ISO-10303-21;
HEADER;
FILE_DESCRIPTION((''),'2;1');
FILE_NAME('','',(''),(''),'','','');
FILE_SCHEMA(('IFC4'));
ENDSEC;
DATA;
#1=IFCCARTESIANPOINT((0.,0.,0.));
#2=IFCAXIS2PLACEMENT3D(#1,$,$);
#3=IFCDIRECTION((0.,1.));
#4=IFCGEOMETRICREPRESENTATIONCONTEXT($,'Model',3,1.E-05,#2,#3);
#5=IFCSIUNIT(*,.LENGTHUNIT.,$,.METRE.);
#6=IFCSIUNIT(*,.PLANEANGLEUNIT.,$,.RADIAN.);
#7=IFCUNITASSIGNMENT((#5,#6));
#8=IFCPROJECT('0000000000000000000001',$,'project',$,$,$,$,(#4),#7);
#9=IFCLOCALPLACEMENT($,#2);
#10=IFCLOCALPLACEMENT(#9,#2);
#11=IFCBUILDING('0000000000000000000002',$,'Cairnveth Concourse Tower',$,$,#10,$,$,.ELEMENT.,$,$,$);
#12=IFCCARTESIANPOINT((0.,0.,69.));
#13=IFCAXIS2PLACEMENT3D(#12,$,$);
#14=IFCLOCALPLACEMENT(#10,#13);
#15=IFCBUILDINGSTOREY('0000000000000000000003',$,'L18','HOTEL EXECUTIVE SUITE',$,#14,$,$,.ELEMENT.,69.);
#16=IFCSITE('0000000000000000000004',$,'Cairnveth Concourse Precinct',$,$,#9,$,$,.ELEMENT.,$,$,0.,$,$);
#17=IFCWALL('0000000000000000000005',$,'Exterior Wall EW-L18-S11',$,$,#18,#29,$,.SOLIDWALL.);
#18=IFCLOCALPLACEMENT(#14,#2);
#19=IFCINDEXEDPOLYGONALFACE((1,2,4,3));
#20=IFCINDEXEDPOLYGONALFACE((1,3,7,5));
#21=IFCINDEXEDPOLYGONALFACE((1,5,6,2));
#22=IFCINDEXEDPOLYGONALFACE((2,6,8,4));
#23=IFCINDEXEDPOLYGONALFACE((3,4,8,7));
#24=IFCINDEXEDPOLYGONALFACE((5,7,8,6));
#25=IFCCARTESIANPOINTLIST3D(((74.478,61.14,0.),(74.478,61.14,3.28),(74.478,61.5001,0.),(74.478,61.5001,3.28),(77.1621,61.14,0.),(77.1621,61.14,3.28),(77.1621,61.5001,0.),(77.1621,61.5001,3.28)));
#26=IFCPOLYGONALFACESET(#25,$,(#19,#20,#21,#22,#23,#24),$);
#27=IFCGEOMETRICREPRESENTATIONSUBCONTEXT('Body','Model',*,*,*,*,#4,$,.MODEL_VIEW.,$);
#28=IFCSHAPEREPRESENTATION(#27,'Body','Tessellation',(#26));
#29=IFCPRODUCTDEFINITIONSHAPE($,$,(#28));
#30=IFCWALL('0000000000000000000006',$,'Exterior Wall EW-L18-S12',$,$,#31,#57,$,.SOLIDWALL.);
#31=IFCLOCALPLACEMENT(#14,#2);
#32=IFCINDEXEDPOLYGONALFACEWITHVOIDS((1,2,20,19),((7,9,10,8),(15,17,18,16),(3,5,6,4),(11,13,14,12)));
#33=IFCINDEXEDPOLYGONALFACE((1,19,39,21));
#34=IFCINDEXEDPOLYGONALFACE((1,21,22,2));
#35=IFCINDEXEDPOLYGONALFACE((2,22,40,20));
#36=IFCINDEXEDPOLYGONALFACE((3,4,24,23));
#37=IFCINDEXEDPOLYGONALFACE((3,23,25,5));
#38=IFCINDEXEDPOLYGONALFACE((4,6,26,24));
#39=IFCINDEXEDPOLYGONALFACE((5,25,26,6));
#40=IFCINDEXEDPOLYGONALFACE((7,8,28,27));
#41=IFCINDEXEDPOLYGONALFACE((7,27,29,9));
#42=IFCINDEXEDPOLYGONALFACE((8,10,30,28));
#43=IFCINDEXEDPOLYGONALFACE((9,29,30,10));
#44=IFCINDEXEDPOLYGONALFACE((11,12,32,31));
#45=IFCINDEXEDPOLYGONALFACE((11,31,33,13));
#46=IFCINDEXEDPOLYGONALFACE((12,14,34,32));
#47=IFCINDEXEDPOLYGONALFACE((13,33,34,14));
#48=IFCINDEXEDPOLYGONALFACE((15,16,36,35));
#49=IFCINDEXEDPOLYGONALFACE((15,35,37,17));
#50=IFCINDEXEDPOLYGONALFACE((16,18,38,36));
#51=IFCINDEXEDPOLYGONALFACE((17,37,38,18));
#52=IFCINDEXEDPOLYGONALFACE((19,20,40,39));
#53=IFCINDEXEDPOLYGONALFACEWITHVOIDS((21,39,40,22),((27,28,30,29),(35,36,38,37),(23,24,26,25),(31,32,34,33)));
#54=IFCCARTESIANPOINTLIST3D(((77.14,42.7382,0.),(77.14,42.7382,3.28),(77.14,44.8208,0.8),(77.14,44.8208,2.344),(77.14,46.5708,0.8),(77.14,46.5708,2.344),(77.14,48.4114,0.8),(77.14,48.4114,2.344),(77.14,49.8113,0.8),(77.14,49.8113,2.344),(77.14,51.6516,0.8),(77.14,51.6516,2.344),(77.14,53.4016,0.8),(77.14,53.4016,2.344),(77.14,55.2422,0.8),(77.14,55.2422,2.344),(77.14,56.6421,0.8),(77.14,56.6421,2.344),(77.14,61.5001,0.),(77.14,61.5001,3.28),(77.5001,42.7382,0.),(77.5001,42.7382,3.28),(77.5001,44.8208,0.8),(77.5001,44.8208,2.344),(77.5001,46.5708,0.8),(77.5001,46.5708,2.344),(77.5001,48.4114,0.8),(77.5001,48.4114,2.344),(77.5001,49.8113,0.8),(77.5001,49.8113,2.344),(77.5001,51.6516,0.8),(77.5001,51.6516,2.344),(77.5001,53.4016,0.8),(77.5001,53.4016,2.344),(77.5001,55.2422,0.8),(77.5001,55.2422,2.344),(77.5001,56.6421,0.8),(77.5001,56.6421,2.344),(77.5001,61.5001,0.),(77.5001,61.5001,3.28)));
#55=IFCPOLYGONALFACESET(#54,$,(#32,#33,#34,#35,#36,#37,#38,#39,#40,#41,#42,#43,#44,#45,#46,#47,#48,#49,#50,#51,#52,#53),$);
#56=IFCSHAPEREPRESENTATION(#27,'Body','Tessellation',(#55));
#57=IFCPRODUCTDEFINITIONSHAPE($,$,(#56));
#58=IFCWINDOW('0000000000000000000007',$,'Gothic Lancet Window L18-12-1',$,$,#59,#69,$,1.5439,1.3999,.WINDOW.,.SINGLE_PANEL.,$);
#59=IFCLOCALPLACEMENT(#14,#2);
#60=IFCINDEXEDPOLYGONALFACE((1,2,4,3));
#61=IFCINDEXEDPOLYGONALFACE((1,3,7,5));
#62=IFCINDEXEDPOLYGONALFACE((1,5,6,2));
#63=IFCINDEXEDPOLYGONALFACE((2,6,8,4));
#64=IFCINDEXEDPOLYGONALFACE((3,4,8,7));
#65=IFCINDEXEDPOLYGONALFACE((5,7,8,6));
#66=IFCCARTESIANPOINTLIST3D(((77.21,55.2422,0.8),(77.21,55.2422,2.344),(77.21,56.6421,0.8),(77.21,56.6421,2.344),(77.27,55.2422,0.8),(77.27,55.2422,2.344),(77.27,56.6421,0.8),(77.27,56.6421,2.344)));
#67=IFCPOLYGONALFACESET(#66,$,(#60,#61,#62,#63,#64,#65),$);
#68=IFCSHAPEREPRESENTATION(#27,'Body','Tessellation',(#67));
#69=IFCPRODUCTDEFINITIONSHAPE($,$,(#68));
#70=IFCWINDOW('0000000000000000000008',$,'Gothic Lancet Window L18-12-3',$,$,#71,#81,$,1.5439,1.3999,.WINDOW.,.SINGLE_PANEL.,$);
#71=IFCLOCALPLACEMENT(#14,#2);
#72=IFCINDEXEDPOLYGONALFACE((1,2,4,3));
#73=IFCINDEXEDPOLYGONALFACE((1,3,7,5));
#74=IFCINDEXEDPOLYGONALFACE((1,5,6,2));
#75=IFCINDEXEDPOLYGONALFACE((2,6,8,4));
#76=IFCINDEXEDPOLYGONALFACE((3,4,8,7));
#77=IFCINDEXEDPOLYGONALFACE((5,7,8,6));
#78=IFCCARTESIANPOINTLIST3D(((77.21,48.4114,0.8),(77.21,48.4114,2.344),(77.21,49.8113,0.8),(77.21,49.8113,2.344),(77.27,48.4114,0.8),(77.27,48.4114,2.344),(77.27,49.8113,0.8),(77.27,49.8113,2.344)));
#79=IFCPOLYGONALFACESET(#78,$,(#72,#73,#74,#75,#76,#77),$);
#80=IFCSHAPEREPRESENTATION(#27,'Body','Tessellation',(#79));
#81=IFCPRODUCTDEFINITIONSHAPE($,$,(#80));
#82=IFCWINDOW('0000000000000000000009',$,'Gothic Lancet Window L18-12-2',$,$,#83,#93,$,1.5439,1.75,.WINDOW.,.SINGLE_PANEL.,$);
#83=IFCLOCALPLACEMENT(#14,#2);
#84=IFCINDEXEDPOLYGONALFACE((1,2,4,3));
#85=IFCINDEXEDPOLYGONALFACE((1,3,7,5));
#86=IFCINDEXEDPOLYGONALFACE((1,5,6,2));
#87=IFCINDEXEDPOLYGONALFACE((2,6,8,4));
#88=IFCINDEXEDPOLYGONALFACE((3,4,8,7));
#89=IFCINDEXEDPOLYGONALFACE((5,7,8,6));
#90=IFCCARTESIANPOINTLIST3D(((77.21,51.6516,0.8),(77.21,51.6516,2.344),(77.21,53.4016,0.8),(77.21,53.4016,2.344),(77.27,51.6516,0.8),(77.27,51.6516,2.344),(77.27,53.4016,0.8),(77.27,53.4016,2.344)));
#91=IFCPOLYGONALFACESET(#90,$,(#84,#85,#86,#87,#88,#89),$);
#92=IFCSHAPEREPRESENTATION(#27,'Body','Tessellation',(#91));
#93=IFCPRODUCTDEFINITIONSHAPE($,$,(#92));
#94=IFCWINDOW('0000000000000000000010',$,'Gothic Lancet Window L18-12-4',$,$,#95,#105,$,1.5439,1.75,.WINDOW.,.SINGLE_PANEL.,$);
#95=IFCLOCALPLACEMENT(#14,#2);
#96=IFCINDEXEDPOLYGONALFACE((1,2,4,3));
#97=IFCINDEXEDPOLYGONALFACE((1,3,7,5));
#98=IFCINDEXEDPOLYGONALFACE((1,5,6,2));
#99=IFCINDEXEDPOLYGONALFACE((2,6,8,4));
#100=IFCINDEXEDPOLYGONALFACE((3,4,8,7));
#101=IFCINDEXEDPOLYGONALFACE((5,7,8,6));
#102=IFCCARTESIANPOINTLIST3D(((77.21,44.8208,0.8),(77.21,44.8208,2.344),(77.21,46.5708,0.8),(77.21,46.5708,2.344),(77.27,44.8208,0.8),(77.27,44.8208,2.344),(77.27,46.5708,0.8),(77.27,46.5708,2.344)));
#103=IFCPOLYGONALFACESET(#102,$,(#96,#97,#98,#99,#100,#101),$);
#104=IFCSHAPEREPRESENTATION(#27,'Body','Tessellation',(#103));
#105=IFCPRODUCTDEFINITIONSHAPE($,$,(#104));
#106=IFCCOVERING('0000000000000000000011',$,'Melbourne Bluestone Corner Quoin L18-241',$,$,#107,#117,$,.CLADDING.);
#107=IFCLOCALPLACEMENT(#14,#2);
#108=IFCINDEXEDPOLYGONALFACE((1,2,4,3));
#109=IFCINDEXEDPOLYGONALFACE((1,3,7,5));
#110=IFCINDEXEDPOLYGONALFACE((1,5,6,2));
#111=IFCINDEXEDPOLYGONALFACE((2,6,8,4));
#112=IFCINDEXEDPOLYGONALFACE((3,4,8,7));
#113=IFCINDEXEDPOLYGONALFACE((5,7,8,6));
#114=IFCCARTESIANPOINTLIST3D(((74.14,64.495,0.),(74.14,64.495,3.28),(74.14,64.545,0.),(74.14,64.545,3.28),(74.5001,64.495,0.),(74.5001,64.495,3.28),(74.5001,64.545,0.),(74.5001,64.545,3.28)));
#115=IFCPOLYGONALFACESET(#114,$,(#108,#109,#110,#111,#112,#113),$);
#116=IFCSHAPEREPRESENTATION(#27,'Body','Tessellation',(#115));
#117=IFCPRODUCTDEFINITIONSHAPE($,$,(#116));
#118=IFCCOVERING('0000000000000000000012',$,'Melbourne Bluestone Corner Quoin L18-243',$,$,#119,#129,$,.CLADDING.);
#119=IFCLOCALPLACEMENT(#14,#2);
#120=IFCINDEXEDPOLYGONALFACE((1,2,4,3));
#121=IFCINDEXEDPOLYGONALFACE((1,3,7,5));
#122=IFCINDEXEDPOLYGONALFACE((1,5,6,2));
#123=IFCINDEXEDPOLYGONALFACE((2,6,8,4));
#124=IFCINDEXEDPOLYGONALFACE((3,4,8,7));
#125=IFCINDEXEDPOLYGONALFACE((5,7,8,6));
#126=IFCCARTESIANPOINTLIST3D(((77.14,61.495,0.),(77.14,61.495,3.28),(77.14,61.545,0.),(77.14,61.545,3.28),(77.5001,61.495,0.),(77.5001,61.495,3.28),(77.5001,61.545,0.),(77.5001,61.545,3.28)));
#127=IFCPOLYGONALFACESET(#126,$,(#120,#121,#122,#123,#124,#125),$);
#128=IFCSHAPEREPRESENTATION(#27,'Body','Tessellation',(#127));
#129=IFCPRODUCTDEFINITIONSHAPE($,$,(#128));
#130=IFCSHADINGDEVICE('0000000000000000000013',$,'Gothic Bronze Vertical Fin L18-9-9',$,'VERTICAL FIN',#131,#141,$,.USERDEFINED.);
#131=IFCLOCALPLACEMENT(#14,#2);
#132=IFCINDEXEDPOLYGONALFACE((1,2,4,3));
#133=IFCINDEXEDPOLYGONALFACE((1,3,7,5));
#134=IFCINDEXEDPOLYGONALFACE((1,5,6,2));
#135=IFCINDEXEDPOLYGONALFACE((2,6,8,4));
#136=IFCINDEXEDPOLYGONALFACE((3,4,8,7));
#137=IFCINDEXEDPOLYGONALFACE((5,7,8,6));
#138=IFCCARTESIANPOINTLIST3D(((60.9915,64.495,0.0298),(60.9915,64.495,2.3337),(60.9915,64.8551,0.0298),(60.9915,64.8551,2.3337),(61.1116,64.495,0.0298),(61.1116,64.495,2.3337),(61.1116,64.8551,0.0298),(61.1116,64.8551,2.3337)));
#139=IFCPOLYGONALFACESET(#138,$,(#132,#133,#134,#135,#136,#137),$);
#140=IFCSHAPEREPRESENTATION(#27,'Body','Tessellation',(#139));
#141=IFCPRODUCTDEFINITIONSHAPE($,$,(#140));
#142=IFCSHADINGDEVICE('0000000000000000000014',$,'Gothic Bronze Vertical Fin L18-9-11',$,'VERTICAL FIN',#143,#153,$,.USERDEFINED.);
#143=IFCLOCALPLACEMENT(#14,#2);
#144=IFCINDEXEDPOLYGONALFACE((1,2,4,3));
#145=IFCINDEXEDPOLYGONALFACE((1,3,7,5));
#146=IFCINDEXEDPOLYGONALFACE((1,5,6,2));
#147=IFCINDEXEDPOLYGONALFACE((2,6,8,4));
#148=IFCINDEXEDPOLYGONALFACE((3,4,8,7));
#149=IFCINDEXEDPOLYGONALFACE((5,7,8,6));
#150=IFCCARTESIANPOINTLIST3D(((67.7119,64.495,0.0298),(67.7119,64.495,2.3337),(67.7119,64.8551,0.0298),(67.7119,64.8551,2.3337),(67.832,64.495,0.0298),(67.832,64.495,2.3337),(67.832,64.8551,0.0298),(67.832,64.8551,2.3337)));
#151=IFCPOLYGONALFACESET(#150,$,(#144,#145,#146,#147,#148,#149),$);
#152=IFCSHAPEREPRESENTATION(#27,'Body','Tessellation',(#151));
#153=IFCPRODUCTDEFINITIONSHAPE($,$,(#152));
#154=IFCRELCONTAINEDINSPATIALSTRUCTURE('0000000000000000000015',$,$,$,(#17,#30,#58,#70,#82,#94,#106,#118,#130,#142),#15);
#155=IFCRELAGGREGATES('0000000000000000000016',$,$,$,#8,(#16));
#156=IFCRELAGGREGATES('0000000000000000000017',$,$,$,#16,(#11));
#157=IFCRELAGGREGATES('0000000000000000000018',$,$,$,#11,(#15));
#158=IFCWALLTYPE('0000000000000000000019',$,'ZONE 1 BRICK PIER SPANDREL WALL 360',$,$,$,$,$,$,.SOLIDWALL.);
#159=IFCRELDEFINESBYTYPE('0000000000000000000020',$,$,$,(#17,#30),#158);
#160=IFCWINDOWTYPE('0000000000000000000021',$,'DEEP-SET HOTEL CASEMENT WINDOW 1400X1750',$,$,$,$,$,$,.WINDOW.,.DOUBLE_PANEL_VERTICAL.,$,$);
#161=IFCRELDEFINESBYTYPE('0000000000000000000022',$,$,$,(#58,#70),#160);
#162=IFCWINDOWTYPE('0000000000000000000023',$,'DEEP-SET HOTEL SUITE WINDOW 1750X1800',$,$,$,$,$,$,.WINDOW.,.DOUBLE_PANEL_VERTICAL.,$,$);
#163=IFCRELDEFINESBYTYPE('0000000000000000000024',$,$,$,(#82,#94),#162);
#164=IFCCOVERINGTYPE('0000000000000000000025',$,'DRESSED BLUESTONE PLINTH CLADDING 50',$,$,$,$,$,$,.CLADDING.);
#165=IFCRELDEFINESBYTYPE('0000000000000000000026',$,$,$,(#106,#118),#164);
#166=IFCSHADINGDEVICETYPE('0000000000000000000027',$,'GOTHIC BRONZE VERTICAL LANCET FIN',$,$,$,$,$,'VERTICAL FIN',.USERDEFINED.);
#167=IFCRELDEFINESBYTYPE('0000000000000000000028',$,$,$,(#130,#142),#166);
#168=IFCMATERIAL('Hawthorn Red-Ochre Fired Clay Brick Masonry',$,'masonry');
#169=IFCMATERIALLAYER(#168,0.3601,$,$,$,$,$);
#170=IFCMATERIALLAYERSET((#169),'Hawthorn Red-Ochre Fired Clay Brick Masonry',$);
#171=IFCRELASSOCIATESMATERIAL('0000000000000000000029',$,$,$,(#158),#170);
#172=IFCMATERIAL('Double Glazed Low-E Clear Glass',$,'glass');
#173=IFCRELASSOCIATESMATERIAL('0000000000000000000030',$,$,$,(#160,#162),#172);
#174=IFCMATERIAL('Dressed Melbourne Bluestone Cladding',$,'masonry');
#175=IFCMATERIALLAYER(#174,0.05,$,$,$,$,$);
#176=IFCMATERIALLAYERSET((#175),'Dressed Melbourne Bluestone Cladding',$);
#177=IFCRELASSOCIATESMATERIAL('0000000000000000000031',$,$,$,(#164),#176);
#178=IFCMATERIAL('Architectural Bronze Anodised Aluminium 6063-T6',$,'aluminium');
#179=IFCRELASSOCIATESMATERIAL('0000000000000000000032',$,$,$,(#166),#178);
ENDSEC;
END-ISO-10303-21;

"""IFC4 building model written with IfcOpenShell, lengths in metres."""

from ifc_helpers import new_model, si_unit, direction, frame, frame_2d, origin, origin_2d, place, context, subcontext, project, spatial, rectangle, extrude, material, layer, layer_set, type_object, element, fill, save


model = new_model("IFC4")

# Units and contexts
model_context = context("Model", 3, precision=1e-05, world=origin(), true_north=direction((0.0, 1.0)))
body_context = subcontext(model_context, "Body", "Model", "MODEL_VIEW")
ifc_project = project(units=[si_unit("LENGTHUNIT", "METRE"), si_unit("PLANEANGLEUNIT", "RADIAN")], contexts=[model_context])

# Site, building, storey
site_placement = place(None, origin())
site = spatial("IfcSite", under=ifc_project, at=site_placement, Name="Cairnveth Concourse Precinct", CompositionType="ELEMENT", RefElevation=0.0)
building_placement = place(site_placement, origin())
building = spatial("IfcBuilding", under=site, at=building_placement, Name="Cairnveth Concourse Tower", CompositionType="ELEMENT")
storey_placement = place(building_placement, frame((0.0, 0.0, 69.0)))
storey = spatial("IfcBuildingStorey", under=building, at=storey_placement, Name="L18", Description="HOTEL EXECUTIVE SUITE", CompositionType="ELEMENT", Elevation=69.0)

# Wall
ifc_material_1 = material(Name="Hawthorn Red-Ochre Fired Clay Brick Masonry", Category="masonry")
ifc_layer_1 = layer(ifc_material_1, 0.3601)
ifc_layer_set_1 = layer_set([ifc_layer_1], Name="Hawthorn Red-Ochre Fired Clay Brick Masonry")
wall_type = type_object("IfcWallType", Name="ZONE 1 BRICK PIER SPANDREL WALL 360", PredefinedType="SOLIDWALL", material=ifc_layer_set_1)
wall_1_placement = place(storey_placement, frame((74.478, 61.3201, 0.0), z_axis=(0.0, 0.0, 1.0), x_axis=(1.0, 0.0, 0.0)))
element("IfcWall", 1, at=wall_1_placement, inside=storey, type_object=wall_type, Name="Exterior Wall EW-L18-S11", PredefinedType="SOLIDWALL", context=body_context, shape_type="SweptSolid", body=[
    extrude(rectangle(XDim=2.6841, YDim=0.3601, at=frame_2d((1.342, 0.0))), origin(), (0.0, 0.0, 1.0), 3.28),
])

# Wall, openings, windows
wall_2_placement = place(storey_placement, frame((77.3201, 61.5, 0.0), z_axis=(0.0, 0.0, 1.0), x_axis=(0.0, -1.0, 0.0)))
wall_2 = element("IfcWall", 2, at=wall_2_placement, inside=storey, type_object=wall_type, Name="Exterior Wall EW-L18-S12", PredefinedType="SOLIDWALL", context=body_context, shape_type="SweptSolid", body=[
    extrude(rectangle(XDim=18.762, YDim=0.3601, at=frame_2d((9.3809, 0.0))), origin(), (0.0, 0.0, 1.0), 3.28),
])
opening_1_placement = place(wall_2_placement, frame((4.8579, 0.0, 0.8)))
opening_1 = element("IfcOpeningElement", 3, at=opening_1_placement, cuts=wall_2, PredefinedType="OPENING", context=body_context, shape_type="SweptSolid", body=[
    extrude(rectangle(XDim=1.3999, YDim=1.5439, at=frame_2d((0.7, 0.772))), frame((0.0, 0.1899, 0.0), z_axis=(0.0, -1.0, 0.0), x_axis=(1.0, 0.0, 0.0)), (0.0, 0.0, 1.0), 0.3801),
])
opening_2_placement = place(wall_2_placement, frame((8.0984, 0.0, 0.8)))
opening_2 = element("IfcOpeningElement", 4, at=opening_2_placement, cuts=wall_2, PredefinedType="OPENING", context=body_context, shape_type="SweptSolid", body=[
    extrude(rectangle(XDim=1.75, YDim=1.5439, at=frame_2d((0.875, 0.772))), frame((0.0, 0.1899, 0.0), z_axis=(0.0, -1.0, 0.0), x_axis=(1.0, 0.0, 0.0)), (0.0, 0.0, 1.0), 0.3801),
])
opening_3_placement = place(wall_2_placement, frame((11.6887, 0.0, 0.8)))
opening_3 = element("IfcOpeningElement", 5, at=opening_3_placement, cuts=wall_2, PredefinedType="OPENING", context=body_context, shape_type="SweptSolid", body=[
    extrude(rectangle(XDim=1.3999, YDim=1.5439, at=frame_2d((0.7, 0.772))), frame((0.0, 0.1899, 0.0), z_axis=(0.0, -1.0, 0.0), x_axis=(1.0, 0.0, 0.0)), (0.0, 0.0, 1.0), 0.3801),
])
opening_4_placement = place(wall_2_placement, frame((14.9292, 0.0, 0.8)))
opening_4 = element("IfcOpeningElement", 6, at=opening_4_placement, cuts=wall_2, PredefinedType="OPENING", context=body_context, shape_type="SweptSolid", body=[
    extrude(rectangle(XDim=1.75, YDim=1.5439, at=frame_2d((0.875, 0.772))), frame((0.0, 0.1899, 0.0), z_axis=(0.0, -1.0, 0.0), x_axis=(1.0, 0.0, 0.0)), (0.0, 0.0, 1.0), 0.3801),
])
ifc_material_2 = material(Name="Double Glazed Low-E Clear Glass", Category="glass")
window_type_1 = type_object("IfcWindowType", Name="DEEP-SET HOTEL CASEMENT WINDOW 1400X1750", PartitioningType="DOUBLE_PANEL_VERTICAL", PredefinedType="WINDOW", material=ifc_material_2)
window_1_placement = place(opening_1_placement, origin())
window_1 = element("IfcWindow", 7, at=window_1_placement, inside=storey, type_object=window_type_1, Name="Gothic Lancet Window L18-12-1", OverallHeight=1.5439, OverallWidth=1.3999, PartitioningType="SINGLE_PANEL", PredefinedType="WINDOW", context=body_context, shape_type="SweptSolid", body=[
    extrude(rectangle(XDim=1.3999, YDim=1.5439, at=frame_2d((0.7, 0.772))), frame((0.0, -0.05, 0.0), z_axis=(0.0, -1.0, 0.0), x_axis=(1.0, 0.0, 0.0)), (0.0, 0.0, 1.0), 0.0601),
])
fill(opening_1, window_1)
window_2_placement = place(opening_3_placement, origin())
window_2 = element("IfcWindow", 8, at=window_2_placement, inside=storey, type_object=window_type_1, Name="Gothic Lancet Window L18-12-3", OverallHeight=1.5439, OverallWidth=1.3999, PartitioningType="SINGLE_PANEL", PredefinedType="WINDOW", context=body_context, shape_type="SweptSolid", body=[
    extrude(rectangle(XDim=1.3999, YDim=1.5439, at=frame_2d((0.7, 0.772))), frame((0.0, -0.05, 0.0), z_axis=(0.0, -1.0, 0.0), x_axis=(1.0, 0.0, 0.0)), (0.0, 0.0, 1.0), 0.0601),
])
fill(opening_3, window_2)
window_type_2 = type_object("IfcWindowType", Name="DEEP-SET HOTEL SUITE WINDOW 1750X1800", PartitioningType="DOUBLE_PANEL_VERTICAL", PredefinedType="WINDOW", material=ifc_material_2)
window_3_placement = place(opening_2_placement, origin())
window_3 = element("IfcWindow", 9, at=window_3_placement, inside=storey, type_object=window_type_2, Name="Gothic Lancet Window L18-12-2", OverallHeight=1.5439, OverallWidth=1.75, PartitioningType="SINGLE_PANEL", PredefinedType="WINDOW", context=body_context, shape_type="SweptSolid", body=[
    extrude(rectangle(XDim=1.75, YDim=1.5439, at=frame_2d((0.875, 0.772))), frame((0.0, -0.05, 0.0), z_axis=(0.0, -1.0, 0.0), x_axis=(1.0, 0.0, 0.0)), (0.0, 0.0, 1.0), 0.0601),
])
fill(opening_2, window_3)
window_4_placement = place(opening_4_placement, origin())
window_4 = element("IfcWindow", 10, at=window_4_placement, inside=storey, type_object=window_type_2, Name="Gothic Lancet Window L18-12-4", OverallHeight=1.5439, OverallWidth=1.75, PartitioningType="SINGLE_PANEL", PredefinedType="WINDOW", context=body_context, shape_type="SweptSolid", body=[
    extrude(rectangle(XDim=1.75, YDim=1.5439, at=frame_2d((0.875, 0.772))), frame((0.0, -0.05, 0.0), z_axis=(0.0, -1.0, 0.0), x_axis=(1.0, 0.0, 0.0)), (0.0, 0.0, 1.0), 0.0601),
])
fill(opening_4, window_4)

# Coverings
ifc_material_3 = material(Name="Dressed Melbourne Bluestone Cladding", Category="masonry")
ifc_layer_2 = layer(ifc_material_3, 0.05)
ifc_layer_set_2 = layer_set([ifc_layer_2], Name="Dressed Melbourne Bluestone Cladding")
covering_type = type_object("IfcCoveringType", Name="DRESSED BLUESTONE PLINTH CLADDING 50", PredefinedType="CLADDING", material=ifc_layer_set_2)
for number, where, z_axis, x_axis, name in (
    (11, (74.1399, 64.52, 0.0), (0.0, 0.0, 1.0), (1.0, 0.0, 0.0), "Melbourne Bluestone Corner Quoin L18-241"),
    (12, (77.1399, 61.52, 0.0), (0.0, 0.0, 1.0), (1.0, 0.0, 0.0), "Melbourne Bluestone Corner Quoin L18-243"),
):
    element("IfcCovering", number, at=place(storey_placement, frame(where, z_axis=z_axis, x_axis=x_axis)), inside=storey, type_object=covering_type, Name=name, PredefinedType="CLADDING", context=body_context, shape_type="SweptSolid", body=[
        extrude(rectangle(XDim=0.3601, YDim=0.05, at=frame_2d((0.1802, 0.0))), origin(), (0.0, 0.0, 1.0), 3.28),
    ])

# Shading devices
ifc_material_4 = material(Name="Architectural Bronze Anodised Aluminium 6063-T6", Category="aluminium")
shading_device_type = type_object("IfcShadingDeviceType", Name="GOTHIC BRONZE VERTICAL LANCET FIN", ElementType="VERTICAL FIN", PredefinedType="USERDEFINED", material=ifc_material_4)
for number, where, z_axis, x_axis, name in (
    (13, (61.0515, 64.675, 0.0298), (0.0, 0.0, 1.0), (1.0, 0.0, 0.0), "Gothic Bronze Vertical Fin L18-9-9"),
    (14, (67.772, 64.675, 0.0298), (0.0, 0.0, 1.0), (1.0, 0.0, 0.0), "Gothic Bronze Vertical Fin L18-9-11"),
):
    element("IfcShadingDevice", number, at=place(storey_placement, frame(where, z_axis=z_axis, x_axis=x_axis)), inside=storey, type_object=shading_device_type, Name=name, ObjectType="VERTICAL FIN", PredefinedType="USERDEFINED", context=body_context, shape_type="SweptSolid", body=[
        extrude(rectangle(XDim=0.1201, YDim=0.3601, at=origin_2d()), origin(), (0.0, 0.0, 1.0), 2.304),
    ])

save(model, "model.ifc")
